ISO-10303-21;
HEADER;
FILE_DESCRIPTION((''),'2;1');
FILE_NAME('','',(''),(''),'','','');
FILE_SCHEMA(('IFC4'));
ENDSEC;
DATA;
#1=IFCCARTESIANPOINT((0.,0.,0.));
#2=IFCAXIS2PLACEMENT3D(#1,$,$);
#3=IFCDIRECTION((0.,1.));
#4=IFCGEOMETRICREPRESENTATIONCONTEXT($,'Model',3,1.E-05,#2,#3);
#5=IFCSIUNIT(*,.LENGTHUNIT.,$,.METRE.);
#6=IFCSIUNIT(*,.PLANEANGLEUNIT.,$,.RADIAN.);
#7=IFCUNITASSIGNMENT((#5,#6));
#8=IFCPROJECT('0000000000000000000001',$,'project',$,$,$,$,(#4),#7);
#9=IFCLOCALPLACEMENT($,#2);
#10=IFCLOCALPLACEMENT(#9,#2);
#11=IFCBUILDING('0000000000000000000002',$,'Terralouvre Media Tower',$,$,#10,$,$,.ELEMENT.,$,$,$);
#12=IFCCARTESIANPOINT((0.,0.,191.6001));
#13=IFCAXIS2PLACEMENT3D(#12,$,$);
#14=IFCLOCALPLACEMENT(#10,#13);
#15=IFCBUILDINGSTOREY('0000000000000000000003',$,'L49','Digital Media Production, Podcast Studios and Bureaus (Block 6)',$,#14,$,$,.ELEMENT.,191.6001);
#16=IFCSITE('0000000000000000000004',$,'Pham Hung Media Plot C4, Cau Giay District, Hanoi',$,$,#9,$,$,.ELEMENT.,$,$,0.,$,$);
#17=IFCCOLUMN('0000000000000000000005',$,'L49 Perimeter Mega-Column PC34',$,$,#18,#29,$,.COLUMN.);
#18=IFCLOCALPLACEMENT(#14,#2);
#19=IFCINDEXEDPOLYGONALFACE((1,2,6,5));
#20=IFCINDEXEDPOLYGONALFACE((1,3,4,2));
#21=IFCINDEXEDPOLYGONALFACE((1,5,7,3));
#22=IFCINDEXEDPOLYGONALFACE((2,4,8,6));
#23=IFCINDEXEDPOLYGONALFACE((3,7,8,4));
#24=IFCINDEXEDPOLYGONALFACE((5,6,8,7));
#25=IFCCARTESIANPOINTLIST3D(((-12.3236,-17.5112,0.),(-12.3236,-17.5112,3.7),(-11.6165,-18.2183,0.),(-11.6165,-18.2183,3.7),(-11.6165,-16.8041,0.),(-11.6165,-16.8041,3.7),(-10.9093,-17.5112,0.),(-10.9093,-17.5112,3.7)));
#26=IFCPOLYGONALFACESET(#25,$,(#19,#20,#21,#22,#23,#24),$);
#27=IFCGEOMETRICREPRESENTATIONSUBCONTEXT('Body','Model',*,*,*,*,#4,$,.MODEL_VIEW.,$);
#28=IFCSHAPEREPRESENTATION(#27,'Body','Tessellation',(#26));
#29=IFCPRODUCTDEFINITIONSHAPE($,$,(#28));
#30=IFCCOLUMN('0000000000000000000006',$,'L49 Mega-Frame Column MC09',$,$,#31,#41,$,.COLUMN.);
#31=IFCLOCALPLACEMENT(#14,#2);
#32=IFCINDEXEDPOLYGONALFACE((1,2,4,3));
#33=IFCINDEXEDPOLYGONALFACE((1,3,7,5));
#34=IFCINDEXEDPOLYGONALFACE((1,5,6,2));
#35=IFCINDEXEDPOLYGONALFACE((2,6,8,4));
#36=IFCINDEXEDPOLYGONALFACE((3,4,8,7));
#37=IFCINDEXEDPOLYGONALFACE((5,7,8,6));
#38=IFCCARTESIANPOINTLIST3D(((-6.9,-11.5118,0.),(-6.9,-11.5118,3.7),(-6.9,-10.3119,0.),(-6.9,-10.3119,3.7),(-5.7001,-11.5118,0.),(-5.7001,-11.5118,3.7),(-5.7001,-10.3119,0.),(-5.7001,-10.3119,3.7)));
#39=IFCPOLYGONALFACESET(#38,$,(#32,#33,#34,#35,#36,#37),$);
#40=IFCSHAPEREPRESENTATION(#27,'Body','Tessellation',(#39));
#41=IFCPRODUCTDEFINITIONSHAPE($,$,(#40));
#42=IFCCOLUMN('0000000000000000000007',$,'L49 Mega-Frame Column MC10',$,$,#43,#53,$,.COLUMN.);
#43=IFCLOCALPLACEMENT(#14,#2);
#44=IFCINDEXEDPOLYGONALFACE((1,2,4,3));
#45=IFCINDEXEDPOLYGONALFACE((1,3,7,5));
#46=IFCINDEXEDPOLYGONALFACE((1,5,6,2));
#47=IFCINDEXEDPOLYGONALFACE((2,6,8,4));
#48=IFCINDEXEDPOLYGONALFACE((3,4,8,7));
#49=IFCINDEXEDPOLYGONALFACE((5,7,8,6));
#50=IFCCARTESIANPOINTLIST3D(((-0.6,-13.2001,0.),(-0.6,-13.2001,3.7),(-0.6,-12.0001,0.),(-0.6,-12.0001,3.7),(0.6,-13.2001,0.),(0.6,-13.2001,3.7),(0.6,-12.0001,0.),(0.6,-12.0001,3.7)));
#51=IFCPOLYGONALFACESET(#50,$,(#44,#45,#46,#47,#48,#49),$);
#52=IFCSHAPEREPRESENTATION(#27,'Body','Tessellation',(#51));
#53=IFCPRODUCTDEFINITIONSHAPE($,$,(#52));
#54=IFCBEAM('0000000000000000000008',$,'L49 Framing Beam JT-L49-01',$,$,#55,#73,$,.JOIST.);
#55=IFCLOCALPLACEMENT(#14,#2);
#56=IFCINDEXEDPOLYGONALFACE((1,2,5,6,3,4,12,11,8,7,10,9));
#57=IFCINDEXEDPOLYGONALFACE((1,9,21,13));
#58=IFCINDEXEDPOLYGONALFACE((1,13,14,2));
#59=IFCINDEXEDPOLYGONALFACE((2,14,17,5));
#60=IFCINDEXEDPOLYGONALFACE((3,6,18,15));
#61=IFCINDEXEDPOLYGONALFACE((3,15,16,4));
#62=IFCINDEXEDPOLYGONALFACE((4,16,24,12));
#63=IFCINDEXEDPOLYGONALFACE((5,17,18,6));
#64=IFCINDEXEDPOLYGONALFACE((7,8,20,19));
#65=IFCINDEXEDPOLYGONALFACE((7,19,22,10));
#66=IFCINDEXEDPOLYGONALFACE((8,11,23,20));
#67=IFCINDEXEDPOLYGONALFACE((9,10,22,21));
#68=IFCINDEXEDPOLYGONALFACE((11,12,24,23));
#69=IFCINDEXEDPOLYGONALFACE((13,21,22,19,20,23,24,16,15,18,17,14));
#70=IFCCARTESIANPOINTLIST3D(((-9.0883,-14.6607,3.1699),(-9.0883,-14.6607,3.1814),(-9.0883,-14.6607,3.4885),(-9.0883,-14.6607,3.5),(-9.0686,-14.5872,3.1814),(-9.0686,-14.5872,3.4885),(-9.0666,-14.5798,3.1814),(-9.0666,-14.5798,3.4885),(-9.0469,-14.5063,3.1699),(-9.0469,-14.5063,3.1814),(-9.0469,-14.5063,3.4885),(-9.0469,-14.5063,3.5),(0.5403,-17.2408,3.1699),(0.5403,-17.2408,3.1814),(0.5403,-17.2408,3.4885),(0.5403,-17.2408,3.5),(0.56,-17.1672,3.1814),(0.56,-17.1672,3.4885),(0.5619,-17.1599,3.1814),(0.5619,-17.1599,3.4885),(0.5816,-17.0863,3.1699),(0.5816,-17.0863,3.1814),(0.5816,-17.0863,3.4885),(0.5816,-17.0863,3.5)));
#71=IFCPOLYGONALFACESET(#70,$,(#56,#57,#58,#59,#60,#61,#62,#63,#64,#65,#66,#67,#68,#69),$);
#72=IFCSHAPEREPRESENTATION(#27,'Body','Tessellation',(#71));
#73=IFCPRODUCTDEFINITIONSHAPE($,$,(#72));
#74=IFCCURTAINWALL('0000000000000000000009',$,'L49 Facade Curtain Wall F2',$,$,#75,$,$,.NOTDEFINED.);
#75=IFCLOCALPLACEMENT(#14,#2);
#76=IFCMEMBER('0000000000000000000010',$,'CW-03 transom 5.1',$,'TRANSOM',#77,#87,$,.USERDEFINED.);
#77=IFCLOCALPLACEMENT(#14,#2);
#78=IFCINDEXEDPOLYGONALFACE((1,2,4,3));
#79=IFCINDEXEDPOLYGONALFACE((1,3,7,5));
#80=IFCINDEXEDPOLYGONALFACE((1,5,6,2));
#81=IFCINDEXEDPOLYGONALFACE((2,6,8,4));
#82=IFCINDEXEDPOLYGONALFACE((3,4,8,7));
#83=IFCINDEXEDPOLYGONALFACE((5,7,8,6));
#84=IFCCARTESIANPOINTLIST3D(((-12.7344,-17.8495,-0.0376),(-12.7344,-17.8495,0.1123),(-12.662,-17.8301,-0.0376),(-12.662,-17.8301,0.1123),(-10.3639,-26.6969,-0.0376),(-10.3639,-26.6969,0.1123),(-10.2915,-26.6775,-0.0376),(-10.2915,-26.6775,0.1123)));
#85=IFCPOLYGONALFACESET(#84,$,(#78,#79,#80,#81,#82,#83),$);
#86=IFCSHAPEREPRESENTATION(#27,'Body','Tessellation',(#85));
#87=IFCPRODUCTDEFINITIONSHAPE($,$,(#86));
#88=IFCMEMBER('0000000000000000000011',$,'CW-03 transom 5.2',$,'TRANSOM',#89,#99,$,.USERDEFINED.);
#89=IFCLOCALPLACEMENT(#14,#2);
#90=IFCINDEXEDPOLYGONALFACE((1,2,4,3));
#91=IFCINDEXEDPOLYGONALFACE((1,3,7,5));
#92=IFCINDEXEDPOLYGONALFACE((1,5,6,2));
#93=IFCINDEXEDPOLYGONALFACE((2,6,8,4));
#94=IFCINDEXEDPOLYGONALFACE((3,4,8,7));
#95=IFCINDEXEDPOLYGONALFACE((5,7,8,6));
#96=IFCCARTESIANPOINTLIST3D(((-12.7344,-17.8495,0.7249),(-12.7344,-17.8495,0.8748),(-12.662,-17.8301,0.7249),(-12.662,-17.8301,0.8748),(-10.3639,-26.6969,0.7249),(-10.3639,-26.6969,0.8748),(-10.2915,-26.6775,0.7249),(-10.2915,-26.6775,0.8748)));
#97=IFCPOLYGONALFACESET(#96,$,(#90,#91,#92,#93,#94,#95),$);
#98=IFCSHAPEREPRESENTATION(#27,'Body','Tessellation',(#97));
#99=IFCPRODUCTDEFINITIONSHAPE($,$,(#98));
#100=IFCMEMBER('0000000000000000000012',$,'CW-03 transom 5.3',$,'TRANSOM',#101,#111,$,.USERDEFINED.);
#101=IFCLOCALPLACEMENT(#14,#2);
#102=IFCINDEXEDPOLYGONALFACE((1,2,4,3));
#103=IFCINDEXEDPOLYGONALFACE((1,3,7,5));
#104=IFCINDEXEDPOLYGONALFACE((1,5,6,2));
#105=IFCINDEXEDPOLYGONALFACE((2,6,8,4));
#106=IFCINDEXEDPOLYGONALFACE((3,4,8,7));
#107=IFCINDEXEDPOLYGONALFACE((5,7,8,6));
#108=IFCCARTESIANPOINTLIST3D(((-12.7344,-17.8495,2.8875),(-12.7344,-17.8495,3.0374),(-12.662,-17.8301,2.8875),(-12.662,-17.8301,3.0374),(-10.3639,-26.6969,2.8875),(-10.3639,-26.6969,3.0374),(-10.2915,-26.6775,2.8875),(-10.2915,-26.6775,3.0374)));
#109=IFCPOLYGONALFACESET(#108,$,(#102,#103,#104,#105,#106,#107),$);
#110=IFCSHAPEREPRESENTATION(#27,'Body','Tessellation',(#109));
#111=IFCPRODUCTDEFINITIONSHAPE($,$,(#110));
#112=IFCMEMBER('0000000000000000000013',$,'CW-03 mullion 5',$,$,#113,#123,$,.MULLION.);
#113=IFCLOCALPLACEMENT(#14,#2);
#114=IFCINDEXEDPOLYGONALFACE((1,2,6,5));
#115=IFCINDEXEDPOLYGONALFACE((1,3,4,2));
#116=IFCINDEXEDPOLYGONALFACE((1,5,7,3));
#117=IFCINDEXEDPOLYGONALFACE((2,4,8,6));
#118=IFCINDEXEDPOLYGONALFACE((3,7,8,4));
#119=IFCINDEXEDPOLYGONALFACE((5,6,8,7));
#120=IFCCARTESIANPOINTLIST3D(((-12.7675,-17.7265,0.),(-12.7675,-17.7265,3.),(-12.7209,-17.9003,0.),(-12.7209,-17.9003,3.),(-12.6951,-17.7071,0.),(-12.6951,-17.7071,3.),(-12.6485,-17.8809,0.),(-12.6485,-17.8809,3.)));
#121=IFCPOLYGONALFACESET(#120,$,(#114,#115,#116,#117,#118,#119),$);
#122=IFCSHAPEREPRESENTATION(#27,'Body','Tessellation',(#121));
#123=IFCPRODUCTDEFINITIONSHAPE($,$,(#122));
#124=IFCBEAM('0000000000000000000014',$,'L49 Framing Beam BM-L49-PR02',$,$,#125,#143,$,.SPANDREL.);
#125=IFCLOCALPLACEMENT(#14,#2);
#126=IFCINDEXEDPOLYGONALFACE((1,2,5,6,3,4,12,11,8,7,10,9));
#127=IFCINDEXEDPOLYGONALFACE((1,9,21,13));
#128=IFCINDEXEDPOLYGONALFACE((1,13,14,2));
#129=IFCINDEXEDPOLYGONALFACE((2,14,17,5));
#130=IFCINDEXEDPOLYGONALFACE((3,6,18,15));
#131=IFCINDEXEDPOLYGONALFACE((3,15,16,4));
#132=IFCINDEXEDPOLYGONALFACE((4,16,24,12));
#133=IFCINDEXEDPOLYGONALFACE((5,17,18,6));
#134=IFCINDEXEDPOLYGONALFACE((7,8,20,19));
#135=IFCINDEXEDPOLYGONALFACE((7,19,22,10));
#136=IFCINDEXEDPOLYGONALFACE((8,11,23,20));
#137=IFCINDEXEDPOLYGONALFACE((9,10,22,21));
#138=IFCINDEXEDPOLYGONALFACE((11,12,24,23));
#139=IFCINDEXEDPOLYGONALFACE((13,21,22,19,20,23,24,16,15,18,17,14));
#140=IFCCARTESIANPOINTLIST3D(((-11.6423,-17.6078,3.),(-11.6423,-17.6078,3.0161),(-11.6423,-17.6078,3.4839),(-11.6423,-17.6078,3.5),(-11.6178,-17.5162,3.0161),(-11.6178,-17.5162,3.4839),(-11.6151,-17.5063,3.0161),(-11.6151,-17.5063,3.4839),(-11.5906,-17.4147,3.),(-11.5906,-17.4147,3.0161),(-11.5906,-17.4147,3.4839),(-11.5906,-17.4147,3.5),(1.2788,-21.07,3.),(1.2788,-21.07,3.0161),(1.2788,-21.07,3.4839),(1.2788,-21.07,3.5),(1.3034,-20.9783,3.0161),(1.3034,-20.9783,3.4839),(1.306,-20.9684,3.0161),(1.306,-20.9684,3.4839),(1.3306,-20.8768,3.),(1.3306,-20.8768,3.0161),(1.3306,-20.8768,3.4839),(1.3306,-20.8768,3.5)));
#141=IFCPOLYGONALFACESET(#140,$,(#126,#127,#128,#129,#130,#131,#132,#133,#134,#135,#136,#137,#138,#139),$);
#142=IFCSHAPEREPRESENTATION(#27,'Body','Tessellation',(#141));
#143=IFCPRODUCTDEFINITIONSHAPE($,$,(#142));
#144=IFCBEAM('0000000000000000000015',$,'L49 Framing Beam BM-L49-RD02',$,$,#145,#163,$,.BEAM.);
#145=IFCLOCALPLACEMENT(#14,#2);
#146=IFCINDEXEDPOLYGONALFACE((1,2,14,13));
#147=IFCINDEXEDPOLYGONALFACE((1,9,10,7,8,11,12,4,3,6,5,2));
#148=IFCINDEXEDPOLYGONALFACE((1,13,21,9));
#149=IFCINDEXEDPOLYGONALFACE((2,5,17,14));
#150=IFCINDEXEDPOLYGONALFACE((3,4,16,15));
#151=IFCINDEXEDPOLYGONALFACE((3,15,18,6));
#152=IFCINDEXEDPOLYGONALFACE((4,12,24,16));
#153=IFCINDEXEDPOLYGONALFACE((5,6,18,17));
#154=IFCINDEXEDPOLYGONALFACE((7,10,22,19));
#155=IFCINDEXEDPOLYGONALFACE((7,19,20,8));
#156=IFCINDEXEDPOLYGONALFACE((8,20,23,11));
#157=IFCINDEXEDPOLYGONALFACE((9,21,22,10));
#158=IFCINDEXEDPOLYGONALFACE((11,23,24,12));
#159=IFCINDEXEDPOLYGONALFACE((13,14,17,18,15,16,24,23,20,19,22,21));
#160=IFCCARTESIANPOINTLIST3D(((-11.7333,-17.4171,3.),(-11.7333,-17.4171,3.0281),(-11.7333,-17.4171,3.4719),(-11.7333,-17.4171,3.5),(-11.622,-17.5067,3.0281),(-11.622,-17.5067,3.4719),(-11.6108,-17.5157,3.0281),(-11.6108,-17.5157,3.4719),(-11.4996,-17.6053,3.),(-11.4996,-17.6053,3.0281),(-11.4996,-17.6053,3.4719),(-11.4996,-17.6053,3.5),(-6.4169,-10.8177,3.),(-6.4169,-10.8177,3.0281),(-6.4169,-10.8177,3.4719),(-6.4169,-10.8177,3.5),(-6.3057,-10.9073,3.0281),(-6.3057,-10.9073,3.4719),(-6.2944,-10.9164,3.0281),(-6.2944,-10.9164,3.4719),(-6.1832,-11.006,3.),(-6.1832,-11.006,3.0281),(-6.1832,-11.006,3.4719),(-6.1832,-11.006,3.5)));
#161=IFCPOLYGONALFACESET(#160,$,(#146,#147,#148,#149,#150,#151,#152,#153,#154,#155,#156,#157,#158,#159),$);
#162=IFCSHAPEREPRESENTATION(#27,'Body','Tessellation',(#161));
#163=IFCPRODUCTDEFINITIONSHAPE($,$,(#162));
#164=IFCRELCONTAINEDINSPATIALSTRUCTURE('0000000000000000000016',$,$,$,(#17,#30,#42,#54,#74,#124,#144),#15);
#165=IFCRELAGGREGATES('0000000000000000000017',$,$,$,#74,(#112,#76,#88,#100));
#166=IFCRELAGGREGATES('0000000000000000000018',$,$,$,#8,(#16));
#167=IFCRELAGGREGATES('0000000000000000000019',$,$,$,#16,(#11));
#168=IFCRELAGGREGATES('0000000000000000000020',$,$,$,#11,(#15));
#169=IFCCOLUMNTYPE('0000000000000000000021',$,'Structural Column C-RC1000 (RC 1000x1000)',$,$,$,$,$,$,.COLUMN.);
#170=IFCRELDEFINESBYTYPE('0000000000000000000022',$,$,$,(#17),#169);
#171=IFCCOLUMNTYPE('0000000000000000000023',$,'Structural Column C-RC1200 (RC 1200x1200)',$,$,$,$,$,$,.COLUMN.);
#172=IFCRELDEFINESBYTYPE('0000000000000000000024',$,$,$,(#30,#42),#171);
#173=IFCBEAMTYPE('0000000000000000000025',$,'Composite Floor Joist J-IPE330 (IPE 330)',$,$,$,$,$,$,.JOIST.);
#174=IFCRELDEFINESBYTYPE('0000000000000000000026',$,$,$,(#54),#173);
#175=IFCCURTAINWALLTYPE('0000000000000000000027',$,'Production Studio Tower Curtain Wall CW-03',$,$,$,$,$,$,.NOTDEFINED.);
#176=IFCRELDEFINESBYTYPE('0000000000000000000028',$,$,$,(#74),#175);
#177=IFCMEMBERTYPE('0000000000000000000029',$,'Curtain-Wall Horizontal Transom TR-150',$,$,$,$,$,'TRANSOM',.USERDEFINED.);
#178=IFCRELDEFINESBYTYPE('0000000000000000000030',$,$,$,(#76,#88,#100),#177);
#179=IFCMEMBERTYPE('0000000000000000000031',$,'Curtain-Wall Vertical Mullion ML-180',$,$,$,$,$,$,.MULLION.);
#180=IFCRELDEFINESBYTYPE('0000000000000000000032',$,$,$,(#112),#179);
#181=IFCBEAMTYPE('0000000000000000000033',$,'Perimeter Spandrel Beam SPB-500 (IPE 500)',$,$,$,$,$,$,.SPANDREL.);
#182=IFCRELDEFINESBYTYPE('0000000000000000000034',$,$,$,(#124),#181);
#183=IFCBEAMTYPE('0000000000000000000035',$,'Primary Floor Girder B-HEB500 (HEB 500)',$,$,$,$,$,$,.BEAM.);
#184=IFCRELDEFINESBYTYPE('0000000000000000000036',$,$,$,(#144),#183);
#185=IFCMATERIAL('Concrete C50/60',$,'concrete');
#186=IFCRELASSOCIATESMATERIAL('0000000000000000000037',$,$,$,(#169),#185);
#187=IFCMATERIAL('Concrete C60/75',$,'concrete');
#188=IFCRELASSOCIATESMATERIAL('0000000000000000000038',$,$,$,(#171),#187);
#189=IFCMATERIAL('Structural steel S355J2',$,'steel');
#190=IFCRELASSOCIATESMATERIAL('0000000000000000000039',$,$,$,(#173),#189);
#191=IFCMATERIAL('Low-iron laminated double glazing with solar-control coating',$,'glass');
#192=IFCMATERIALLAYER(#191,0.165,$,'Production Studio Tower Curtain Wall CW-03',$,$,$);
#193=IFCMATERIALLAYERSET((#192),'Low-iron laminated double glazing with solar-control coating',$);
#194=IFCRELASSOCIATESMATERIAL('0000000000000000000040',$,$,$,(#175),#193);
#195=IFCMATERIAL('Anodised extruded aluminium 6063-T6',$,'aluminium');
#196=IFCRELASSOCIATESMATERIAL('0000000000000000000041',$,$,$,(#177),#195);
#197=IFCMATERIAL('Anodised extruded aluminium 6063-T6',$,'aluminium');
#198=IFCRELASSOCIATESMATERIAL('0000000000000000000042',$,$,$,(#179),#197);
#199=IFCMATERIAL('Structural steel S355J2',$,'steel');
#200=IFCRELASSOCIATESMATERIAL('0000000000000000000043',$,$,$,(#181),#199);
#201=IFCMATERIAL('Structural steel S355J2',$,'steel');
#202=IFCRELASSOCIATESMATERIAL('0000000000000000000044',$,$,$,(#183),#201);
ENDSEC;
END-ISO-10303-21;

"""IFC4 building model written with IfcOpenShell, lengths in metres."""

from ifc_helpers import new_model, si_unit, direction, frame, origin, origin_2d, place, context, subcontext, project, spatial, rectangle, i_section, extrude, material, layer, layer_set, material_profile, profile_set, type_object, element, aggregate, save


model = new_model("IFC4")

# Units and contexts
model_context = context("Model", 3, precision=1e-05, world=origin(), true_north=direction((0.0, 1.0)))
body_context = subcontext(model_context, "Body", "Model", "MODEL_VIEW")
ifc_project = project(units=[si_unit("LENGTHUNIT", "METRE"), si_unit("PLANEANGLEUNIT", "RADIAN")], contexts=[model_context])

# Site, building, storey
site_placement = place(None, origin())
site = spatial("IfcSite", under=ifc_project, at=site_placement, Name="Pham Hung Media Plot C4, Cau Giay District, Hanoi", CompositionType="ELEMENT", RefElevation=0.0)
building_placement = place(site_placement, origin())
building = spatial("IfcBuilding", under=site, at=building_placement, Name="Terralouvre Media Tower", CompositionType="ELEMENT")
storey_placement = place(building_placement, frame((0.0, 0.0, 191.6001)))
storey = spatial("IfcBuildingStorey", under=building, at=storey_placement, Name="L49", Description="Digital Media Production, Podcast Studios and Bureaus (Block 6)", CompositionType="ELEMENT", Elevation=191.6001)

# Columns
ifc_material_1 = material(Name="Concrete C50/60", Category="concrete")
ifc_material_profile_1 = material_profile(ifc_material_1, rectangle(XDim=1.0, YDim=1.0, at=origin_2d()), Name="RC 1000x1000")
ifc_profile_set_1 = profile_set([ifc_material_profile_1], Name="Concrete C50/60")
column_type_1 = type_object("IfcColumnType", Name="Structural Column C-RC1000 (RC 1000x1000)", PredefinedType="COLUMN", material=ifc_profile_set_1)
column_placement = place(storey_placement, frame((-11.6165, -17.5112, 0.0), z_axis=(0.0, 0.0, 1.0), x_axis=(0.707107, 0.707107, 0.0)))
element("IfcColumn", 1, at=column_placement, inside=storey, type_object=column_type_1, Name="L49 Perimeter Mega-Column PC34", PredefinedType="COLUMN", context=body_context, shape_type="SweptSolid", body=[
    extrude(rectangle(XDim=1.0, YDim=1.0, at=origin_2d()), origin(), (0.0, 0.0, 1.0), 3.7),
])
ifc_material_2 = material(Name="Concrete C60/75", Category="concrete")
ifc_material_profile_2 = material_profile(ifc_material_2, rectangle(XDim=1.2, YDim=1.2, at=origin_2d()), Name="RC 1200x1200")
ifc_profile_set_2 = profile_set([ifc_material_profile_2], Name="Concrete C60/75")
column_type_2 = type_object("IfcColumnType", Name="Structural Column C-RC1200 (RC 1200x1200)", PredefinedType="COLUMN", material=ifc_profile_set_2)
for number, where, z_axis, x_axis, name in (
    (2, (-6.3, -10.9119, 0.0), (0.0, 0.0, 1.0), (1.0, 0.0, 0.0), "L49 Mega-Frame Column MC09"),
    (3, (0.0, -12.6001, 0.0), (0.0, 0.0, 1.0), (1.0, 0.0, 0.0), "L49 Mega-Frame Column MC10"),
):
    element("IfcColumn", number, at=place(storey_placement, frame(where, z_axis=z_axis, x_axis=x_axis)), inside=storey, type_object=column_type_2, Name=name, PredefinedType="COLUMN", context=body_context, shape_type="SweptSolid", body=[
        extrude(rectangle(XDim=1.2, YDim=1.2, at=origin_2d()), origin(), (0.0, 0.0, 1.0), 3.7),
    ])

# Beam
ifc_material_3 = material(Name="Structural steel S355J2", Category="steel")
ifc_material_profile_3 = material_profile(ifc_material_3, i_section(OverallWidth=0.1599, OverallDepth=0.3301, WebThickness=0.0076, FlangeThickness=0.0115, at=origin_2d()), Name="IPE 330")
ifc_profile_set_3 = profile_set([ifc_material_profile_3], Name="Structural steel S355J2")
beam_type_1 = type_object("IfcBeamType", Name="Composite Floor Joist J-IPE330 (IPE 330)", PredefinedType="JOIST", material=ifc_profile_set_3)
beam_1_placement = place(storey_placement, frame((-9.0676, -14.5835, 3.335), z_axis=(0.965924, -0.258827, 0.0), x_axis=(0.258827, 0.965924, 0.0)))
element("IfcBeam", 4, at=beam_1_placement, inside=storey, type_object=beam_type_1, Name="L49 Framing Beam JT-L49-01", PredefinedType="JOIST", context=body_context, shape_type="SweptSolid", body=[
    extrude(i_section(OverallWidth=0.1599, OverallDepth=0.3301, WebThickness=0.0076, FlangeThickness=0.0115, at=origin_2d()), origin(), (0.0, 0.0, 1.0), 9.9683),
])

# Curtain wall, members
ifc_material_4 = material(Name="Low-iron laminated double glazing with solar-control coating", Category="glass")
ifc_layer_1 = layer(ifc_material_4, 0.165, Name="Production Studio Tower Curtain Wall CW-03")
ifc_layer_set_1 = layer_set([ifc_layer_1], Name="Low-iron laminated double glazing with solar-control coating")
curtain_wall_type = type_object("IfcCurtainWallType", Name="Production Studio Tower Curtain Wall CW-03", PredefinedType="NOTDEFINED", material=ifc_layer_set_1)
curtain_wall_placement = place(storey_placement, origin())
curtain_wall = element("IfcCurtainWall", 5, at=curtain_wall_placement, inside=storey, type_object=curtain_wall_type, Name="L49 Facade Curtain Wall F2", PredefinedType="NOTDEFINED")
ifc_material_5 = material(Name="Anodised extruded aluminium 6063-T6", Category="aluminium")
ifc_material_profile_4 = material_profile(ifc_material_5, rectangle(XDim=0.075, YDim=0.1499, at=origin_2d()), Name="ALU 75x150")
ifc_profile_set_4 = profile_set([ifc_material_profile_4], Name="Anodised extruded aluminium 6063-T6")
member_type_1 = type_object("IfcMemberType", Name="Curtain-Wall Horizontal Transom TR-150", ElementType="TRANSOM", PredefinedType="USERDEFINED", material=ifc_profile_set_4)
member_1_placement = place(storey_placement, frame((-12.6982, -17.8398, 0.0374), z_axis=(0.258814, -0.965927, 0.0), x_axis=(0.965927, 0.258814, 0.0)))
member_1 = element("IfcMember", 6, at=member_1_placement, type_object=member_type_1, Name="CW-03 transom 5.1", ObjectType="TRANSOM", PredefinedType="USERDEFINED", context=body_context, shape_type="SweptSolid", body=[
    extrude(rectangle(XDim=0.075, YDim=0.1499, at=origin_2d()), origin(), (0.0, 0.0, 1.0), 9.1594),
])
member_2_placement = place(storey_placement, frame((-12.6982, -17.8398, 0.7998), z_axis=(0.258814, -0.965927, 0.0), x_axis=(0.965927, 0.258814, 0.0)))
member_2 = element("IfcMember", 7, at=member_2_placement, type_object=member_type_1, Name="CW-03 transom 5.2", ObjectType="TRANSOM", PredefinedType="USERDEFINED", context=body_context, shape_type="SweptSolid", body=[
    extrude(rectangle(XDim=0.075, YDim=0.1499, at=origin_2d()), origin(), (0.0, 0.0, 1.0), 9.1594),
])
member_3_placement = place(storey_placement, frame((-12.6982, -17.8398, 2.9624), z_axis=(0.258814, -0.965927, 0.0), x_axis=(0.965927, 0.258814, 0.0)))
member_3 = element("IfcMember", 8, at=member_3_placement, type_object=member_type_1, Name="CW-03 transom 5.3", ObjectType="TRANSOM", PredefinedType="USERDEFINED", context=body_context, shape_type="SweptSolid", body=[
    extrude(rectangle(XDim=0.075, YDim=0.1499, at=origin_2d()), origin(), (0.0, 0.0, 1.0), 9.1594),
])
ifc_material_6 = material(Name="Anodised extruded aluminium 6063-T6", Category="aluminium")
ifc_material_profile_5 = material_profile(ifc_material_6, rectangle(XDim=0.075, YDim=0.1799, at=origin_2d()), Name="ALU 75x180")
ifc_profile_set_5 = profile_set([ifc_material_profile_5], Name="Anodised extruded aluminium 6063-T6")
member_type_2 = type_object("IfcMemberType", Name="Curtain-Wall Vertical Mullion ML-180", PredefinedType="MULLION", material=ifc_profile_set_5)
member_4_placement = place(storey_placement, frame((-12.708, -17.8037, 0.0), z_axis=(0.0, 0.0, 1.0), x_axis=(0.965926, 0.258819, 0.0)))
member_4 = element("IfcMember", 9, at=member_4_placement, type_object=member_type_2, Name="CW-03 mullion 5", PredefinedType="MULLION", context=body_context, shape_type="SweptSolid", body=[
    extrude(rectangle(XDim=0.075, YDim=0.1799, at=origin_2d()), origin(), (0.0, 0.0, 1.0), 3.0),
])

# Beams
ifc_material_7 = material(Name="Structural steel S355J2", Category="steel")
ifc_material_profile_6 = material_profile(ifc_material_7, i_section(OverallWidth=0.2, OverallDepth=0.5, WebThickness=0.0103, FlangeThickness=0.0161, at=origin_2d()), Name="IPE 500")
ifc_profile_set_6 = profile_set([ifc_material_profile_6], Name="Structural steel S355J2")
beam_type_2 = type_object("IfcBeamType", Name="Perimeter Spandrel Beam SPB-500 (IPE 500)", PredefinedType="SPANDREL", material=ifc_profile_set_6)
beam_2_placement = place(storey_placement, frame((-11.6165, -17.5112, 3.25), z_axis=(0.965927, -0.258815, 0.0), x_axis=(0.258815, 0.965927, 0.0)))
element("IfcBeam", 10, at=beam_2_placement, inside=storey, type_object=beam_type_2, Name="L49 Framing Beam BM-L49-PR02", PredefinedType="SPANDREL", context=body_context, shape_type="SweptSolid", body=[
    extrude(i_section(OverallWidth=0.2, OverallDepth=0.5, WebThickness=0.0103, FlangeThickness=0.0161, at=origin_2d()), origin(), (0.0, 0.0, 1.0), 13.377),
])
ifc_material_8 = material(Name="Structural steel S355J2", Category="steel")
ifc_material_profile_7 = material_profile(ifc_material_8, i_section(OverallWidth=0.3, OverallDepth=0.5, WebThickness=0.0144, FlangeThickness=0.0281, at=origin_2d()), Name="HEB 500")
ifc_profile_set_7 = profile_set([ifc_material_profile_7], Name="Structural steel S355J2")
beam_type_3 = type_object("IfcBeamType", Name="Primary Floor Girder B-HEB500 (HEB 500)", PredefinedType="BEAM", material=ifc_profile_set_7)
beam_3_placement = place(storey_placement, frame((-6.3, -10.9119, 3.25), z_axis=(-0.627347, -0.778739, 0.0), x_axis=(0.778739, -0.627347, 0.0)))
element("IfcBeam", 11, at=beam_3_placement, inside=storey, type_object=beam_type_3, Name="L49 Framing Beam BM-L49-RD02", PredefinedType="BEAM", context=body_context, shape_type="SweptSolid", body=[
    extrude(i_section(OverallWidth=0.3, OverallDepth=0.5, WebThickness=0.0144, FlangeThickness=0.0281, at=origin_2d()), origin(), (0.0, 0.0, 1.0), 8.4744),
])

aggregate(curtain_wall, [member_4, member_1, member_2, member_3])

save(model, "model.ifc")
